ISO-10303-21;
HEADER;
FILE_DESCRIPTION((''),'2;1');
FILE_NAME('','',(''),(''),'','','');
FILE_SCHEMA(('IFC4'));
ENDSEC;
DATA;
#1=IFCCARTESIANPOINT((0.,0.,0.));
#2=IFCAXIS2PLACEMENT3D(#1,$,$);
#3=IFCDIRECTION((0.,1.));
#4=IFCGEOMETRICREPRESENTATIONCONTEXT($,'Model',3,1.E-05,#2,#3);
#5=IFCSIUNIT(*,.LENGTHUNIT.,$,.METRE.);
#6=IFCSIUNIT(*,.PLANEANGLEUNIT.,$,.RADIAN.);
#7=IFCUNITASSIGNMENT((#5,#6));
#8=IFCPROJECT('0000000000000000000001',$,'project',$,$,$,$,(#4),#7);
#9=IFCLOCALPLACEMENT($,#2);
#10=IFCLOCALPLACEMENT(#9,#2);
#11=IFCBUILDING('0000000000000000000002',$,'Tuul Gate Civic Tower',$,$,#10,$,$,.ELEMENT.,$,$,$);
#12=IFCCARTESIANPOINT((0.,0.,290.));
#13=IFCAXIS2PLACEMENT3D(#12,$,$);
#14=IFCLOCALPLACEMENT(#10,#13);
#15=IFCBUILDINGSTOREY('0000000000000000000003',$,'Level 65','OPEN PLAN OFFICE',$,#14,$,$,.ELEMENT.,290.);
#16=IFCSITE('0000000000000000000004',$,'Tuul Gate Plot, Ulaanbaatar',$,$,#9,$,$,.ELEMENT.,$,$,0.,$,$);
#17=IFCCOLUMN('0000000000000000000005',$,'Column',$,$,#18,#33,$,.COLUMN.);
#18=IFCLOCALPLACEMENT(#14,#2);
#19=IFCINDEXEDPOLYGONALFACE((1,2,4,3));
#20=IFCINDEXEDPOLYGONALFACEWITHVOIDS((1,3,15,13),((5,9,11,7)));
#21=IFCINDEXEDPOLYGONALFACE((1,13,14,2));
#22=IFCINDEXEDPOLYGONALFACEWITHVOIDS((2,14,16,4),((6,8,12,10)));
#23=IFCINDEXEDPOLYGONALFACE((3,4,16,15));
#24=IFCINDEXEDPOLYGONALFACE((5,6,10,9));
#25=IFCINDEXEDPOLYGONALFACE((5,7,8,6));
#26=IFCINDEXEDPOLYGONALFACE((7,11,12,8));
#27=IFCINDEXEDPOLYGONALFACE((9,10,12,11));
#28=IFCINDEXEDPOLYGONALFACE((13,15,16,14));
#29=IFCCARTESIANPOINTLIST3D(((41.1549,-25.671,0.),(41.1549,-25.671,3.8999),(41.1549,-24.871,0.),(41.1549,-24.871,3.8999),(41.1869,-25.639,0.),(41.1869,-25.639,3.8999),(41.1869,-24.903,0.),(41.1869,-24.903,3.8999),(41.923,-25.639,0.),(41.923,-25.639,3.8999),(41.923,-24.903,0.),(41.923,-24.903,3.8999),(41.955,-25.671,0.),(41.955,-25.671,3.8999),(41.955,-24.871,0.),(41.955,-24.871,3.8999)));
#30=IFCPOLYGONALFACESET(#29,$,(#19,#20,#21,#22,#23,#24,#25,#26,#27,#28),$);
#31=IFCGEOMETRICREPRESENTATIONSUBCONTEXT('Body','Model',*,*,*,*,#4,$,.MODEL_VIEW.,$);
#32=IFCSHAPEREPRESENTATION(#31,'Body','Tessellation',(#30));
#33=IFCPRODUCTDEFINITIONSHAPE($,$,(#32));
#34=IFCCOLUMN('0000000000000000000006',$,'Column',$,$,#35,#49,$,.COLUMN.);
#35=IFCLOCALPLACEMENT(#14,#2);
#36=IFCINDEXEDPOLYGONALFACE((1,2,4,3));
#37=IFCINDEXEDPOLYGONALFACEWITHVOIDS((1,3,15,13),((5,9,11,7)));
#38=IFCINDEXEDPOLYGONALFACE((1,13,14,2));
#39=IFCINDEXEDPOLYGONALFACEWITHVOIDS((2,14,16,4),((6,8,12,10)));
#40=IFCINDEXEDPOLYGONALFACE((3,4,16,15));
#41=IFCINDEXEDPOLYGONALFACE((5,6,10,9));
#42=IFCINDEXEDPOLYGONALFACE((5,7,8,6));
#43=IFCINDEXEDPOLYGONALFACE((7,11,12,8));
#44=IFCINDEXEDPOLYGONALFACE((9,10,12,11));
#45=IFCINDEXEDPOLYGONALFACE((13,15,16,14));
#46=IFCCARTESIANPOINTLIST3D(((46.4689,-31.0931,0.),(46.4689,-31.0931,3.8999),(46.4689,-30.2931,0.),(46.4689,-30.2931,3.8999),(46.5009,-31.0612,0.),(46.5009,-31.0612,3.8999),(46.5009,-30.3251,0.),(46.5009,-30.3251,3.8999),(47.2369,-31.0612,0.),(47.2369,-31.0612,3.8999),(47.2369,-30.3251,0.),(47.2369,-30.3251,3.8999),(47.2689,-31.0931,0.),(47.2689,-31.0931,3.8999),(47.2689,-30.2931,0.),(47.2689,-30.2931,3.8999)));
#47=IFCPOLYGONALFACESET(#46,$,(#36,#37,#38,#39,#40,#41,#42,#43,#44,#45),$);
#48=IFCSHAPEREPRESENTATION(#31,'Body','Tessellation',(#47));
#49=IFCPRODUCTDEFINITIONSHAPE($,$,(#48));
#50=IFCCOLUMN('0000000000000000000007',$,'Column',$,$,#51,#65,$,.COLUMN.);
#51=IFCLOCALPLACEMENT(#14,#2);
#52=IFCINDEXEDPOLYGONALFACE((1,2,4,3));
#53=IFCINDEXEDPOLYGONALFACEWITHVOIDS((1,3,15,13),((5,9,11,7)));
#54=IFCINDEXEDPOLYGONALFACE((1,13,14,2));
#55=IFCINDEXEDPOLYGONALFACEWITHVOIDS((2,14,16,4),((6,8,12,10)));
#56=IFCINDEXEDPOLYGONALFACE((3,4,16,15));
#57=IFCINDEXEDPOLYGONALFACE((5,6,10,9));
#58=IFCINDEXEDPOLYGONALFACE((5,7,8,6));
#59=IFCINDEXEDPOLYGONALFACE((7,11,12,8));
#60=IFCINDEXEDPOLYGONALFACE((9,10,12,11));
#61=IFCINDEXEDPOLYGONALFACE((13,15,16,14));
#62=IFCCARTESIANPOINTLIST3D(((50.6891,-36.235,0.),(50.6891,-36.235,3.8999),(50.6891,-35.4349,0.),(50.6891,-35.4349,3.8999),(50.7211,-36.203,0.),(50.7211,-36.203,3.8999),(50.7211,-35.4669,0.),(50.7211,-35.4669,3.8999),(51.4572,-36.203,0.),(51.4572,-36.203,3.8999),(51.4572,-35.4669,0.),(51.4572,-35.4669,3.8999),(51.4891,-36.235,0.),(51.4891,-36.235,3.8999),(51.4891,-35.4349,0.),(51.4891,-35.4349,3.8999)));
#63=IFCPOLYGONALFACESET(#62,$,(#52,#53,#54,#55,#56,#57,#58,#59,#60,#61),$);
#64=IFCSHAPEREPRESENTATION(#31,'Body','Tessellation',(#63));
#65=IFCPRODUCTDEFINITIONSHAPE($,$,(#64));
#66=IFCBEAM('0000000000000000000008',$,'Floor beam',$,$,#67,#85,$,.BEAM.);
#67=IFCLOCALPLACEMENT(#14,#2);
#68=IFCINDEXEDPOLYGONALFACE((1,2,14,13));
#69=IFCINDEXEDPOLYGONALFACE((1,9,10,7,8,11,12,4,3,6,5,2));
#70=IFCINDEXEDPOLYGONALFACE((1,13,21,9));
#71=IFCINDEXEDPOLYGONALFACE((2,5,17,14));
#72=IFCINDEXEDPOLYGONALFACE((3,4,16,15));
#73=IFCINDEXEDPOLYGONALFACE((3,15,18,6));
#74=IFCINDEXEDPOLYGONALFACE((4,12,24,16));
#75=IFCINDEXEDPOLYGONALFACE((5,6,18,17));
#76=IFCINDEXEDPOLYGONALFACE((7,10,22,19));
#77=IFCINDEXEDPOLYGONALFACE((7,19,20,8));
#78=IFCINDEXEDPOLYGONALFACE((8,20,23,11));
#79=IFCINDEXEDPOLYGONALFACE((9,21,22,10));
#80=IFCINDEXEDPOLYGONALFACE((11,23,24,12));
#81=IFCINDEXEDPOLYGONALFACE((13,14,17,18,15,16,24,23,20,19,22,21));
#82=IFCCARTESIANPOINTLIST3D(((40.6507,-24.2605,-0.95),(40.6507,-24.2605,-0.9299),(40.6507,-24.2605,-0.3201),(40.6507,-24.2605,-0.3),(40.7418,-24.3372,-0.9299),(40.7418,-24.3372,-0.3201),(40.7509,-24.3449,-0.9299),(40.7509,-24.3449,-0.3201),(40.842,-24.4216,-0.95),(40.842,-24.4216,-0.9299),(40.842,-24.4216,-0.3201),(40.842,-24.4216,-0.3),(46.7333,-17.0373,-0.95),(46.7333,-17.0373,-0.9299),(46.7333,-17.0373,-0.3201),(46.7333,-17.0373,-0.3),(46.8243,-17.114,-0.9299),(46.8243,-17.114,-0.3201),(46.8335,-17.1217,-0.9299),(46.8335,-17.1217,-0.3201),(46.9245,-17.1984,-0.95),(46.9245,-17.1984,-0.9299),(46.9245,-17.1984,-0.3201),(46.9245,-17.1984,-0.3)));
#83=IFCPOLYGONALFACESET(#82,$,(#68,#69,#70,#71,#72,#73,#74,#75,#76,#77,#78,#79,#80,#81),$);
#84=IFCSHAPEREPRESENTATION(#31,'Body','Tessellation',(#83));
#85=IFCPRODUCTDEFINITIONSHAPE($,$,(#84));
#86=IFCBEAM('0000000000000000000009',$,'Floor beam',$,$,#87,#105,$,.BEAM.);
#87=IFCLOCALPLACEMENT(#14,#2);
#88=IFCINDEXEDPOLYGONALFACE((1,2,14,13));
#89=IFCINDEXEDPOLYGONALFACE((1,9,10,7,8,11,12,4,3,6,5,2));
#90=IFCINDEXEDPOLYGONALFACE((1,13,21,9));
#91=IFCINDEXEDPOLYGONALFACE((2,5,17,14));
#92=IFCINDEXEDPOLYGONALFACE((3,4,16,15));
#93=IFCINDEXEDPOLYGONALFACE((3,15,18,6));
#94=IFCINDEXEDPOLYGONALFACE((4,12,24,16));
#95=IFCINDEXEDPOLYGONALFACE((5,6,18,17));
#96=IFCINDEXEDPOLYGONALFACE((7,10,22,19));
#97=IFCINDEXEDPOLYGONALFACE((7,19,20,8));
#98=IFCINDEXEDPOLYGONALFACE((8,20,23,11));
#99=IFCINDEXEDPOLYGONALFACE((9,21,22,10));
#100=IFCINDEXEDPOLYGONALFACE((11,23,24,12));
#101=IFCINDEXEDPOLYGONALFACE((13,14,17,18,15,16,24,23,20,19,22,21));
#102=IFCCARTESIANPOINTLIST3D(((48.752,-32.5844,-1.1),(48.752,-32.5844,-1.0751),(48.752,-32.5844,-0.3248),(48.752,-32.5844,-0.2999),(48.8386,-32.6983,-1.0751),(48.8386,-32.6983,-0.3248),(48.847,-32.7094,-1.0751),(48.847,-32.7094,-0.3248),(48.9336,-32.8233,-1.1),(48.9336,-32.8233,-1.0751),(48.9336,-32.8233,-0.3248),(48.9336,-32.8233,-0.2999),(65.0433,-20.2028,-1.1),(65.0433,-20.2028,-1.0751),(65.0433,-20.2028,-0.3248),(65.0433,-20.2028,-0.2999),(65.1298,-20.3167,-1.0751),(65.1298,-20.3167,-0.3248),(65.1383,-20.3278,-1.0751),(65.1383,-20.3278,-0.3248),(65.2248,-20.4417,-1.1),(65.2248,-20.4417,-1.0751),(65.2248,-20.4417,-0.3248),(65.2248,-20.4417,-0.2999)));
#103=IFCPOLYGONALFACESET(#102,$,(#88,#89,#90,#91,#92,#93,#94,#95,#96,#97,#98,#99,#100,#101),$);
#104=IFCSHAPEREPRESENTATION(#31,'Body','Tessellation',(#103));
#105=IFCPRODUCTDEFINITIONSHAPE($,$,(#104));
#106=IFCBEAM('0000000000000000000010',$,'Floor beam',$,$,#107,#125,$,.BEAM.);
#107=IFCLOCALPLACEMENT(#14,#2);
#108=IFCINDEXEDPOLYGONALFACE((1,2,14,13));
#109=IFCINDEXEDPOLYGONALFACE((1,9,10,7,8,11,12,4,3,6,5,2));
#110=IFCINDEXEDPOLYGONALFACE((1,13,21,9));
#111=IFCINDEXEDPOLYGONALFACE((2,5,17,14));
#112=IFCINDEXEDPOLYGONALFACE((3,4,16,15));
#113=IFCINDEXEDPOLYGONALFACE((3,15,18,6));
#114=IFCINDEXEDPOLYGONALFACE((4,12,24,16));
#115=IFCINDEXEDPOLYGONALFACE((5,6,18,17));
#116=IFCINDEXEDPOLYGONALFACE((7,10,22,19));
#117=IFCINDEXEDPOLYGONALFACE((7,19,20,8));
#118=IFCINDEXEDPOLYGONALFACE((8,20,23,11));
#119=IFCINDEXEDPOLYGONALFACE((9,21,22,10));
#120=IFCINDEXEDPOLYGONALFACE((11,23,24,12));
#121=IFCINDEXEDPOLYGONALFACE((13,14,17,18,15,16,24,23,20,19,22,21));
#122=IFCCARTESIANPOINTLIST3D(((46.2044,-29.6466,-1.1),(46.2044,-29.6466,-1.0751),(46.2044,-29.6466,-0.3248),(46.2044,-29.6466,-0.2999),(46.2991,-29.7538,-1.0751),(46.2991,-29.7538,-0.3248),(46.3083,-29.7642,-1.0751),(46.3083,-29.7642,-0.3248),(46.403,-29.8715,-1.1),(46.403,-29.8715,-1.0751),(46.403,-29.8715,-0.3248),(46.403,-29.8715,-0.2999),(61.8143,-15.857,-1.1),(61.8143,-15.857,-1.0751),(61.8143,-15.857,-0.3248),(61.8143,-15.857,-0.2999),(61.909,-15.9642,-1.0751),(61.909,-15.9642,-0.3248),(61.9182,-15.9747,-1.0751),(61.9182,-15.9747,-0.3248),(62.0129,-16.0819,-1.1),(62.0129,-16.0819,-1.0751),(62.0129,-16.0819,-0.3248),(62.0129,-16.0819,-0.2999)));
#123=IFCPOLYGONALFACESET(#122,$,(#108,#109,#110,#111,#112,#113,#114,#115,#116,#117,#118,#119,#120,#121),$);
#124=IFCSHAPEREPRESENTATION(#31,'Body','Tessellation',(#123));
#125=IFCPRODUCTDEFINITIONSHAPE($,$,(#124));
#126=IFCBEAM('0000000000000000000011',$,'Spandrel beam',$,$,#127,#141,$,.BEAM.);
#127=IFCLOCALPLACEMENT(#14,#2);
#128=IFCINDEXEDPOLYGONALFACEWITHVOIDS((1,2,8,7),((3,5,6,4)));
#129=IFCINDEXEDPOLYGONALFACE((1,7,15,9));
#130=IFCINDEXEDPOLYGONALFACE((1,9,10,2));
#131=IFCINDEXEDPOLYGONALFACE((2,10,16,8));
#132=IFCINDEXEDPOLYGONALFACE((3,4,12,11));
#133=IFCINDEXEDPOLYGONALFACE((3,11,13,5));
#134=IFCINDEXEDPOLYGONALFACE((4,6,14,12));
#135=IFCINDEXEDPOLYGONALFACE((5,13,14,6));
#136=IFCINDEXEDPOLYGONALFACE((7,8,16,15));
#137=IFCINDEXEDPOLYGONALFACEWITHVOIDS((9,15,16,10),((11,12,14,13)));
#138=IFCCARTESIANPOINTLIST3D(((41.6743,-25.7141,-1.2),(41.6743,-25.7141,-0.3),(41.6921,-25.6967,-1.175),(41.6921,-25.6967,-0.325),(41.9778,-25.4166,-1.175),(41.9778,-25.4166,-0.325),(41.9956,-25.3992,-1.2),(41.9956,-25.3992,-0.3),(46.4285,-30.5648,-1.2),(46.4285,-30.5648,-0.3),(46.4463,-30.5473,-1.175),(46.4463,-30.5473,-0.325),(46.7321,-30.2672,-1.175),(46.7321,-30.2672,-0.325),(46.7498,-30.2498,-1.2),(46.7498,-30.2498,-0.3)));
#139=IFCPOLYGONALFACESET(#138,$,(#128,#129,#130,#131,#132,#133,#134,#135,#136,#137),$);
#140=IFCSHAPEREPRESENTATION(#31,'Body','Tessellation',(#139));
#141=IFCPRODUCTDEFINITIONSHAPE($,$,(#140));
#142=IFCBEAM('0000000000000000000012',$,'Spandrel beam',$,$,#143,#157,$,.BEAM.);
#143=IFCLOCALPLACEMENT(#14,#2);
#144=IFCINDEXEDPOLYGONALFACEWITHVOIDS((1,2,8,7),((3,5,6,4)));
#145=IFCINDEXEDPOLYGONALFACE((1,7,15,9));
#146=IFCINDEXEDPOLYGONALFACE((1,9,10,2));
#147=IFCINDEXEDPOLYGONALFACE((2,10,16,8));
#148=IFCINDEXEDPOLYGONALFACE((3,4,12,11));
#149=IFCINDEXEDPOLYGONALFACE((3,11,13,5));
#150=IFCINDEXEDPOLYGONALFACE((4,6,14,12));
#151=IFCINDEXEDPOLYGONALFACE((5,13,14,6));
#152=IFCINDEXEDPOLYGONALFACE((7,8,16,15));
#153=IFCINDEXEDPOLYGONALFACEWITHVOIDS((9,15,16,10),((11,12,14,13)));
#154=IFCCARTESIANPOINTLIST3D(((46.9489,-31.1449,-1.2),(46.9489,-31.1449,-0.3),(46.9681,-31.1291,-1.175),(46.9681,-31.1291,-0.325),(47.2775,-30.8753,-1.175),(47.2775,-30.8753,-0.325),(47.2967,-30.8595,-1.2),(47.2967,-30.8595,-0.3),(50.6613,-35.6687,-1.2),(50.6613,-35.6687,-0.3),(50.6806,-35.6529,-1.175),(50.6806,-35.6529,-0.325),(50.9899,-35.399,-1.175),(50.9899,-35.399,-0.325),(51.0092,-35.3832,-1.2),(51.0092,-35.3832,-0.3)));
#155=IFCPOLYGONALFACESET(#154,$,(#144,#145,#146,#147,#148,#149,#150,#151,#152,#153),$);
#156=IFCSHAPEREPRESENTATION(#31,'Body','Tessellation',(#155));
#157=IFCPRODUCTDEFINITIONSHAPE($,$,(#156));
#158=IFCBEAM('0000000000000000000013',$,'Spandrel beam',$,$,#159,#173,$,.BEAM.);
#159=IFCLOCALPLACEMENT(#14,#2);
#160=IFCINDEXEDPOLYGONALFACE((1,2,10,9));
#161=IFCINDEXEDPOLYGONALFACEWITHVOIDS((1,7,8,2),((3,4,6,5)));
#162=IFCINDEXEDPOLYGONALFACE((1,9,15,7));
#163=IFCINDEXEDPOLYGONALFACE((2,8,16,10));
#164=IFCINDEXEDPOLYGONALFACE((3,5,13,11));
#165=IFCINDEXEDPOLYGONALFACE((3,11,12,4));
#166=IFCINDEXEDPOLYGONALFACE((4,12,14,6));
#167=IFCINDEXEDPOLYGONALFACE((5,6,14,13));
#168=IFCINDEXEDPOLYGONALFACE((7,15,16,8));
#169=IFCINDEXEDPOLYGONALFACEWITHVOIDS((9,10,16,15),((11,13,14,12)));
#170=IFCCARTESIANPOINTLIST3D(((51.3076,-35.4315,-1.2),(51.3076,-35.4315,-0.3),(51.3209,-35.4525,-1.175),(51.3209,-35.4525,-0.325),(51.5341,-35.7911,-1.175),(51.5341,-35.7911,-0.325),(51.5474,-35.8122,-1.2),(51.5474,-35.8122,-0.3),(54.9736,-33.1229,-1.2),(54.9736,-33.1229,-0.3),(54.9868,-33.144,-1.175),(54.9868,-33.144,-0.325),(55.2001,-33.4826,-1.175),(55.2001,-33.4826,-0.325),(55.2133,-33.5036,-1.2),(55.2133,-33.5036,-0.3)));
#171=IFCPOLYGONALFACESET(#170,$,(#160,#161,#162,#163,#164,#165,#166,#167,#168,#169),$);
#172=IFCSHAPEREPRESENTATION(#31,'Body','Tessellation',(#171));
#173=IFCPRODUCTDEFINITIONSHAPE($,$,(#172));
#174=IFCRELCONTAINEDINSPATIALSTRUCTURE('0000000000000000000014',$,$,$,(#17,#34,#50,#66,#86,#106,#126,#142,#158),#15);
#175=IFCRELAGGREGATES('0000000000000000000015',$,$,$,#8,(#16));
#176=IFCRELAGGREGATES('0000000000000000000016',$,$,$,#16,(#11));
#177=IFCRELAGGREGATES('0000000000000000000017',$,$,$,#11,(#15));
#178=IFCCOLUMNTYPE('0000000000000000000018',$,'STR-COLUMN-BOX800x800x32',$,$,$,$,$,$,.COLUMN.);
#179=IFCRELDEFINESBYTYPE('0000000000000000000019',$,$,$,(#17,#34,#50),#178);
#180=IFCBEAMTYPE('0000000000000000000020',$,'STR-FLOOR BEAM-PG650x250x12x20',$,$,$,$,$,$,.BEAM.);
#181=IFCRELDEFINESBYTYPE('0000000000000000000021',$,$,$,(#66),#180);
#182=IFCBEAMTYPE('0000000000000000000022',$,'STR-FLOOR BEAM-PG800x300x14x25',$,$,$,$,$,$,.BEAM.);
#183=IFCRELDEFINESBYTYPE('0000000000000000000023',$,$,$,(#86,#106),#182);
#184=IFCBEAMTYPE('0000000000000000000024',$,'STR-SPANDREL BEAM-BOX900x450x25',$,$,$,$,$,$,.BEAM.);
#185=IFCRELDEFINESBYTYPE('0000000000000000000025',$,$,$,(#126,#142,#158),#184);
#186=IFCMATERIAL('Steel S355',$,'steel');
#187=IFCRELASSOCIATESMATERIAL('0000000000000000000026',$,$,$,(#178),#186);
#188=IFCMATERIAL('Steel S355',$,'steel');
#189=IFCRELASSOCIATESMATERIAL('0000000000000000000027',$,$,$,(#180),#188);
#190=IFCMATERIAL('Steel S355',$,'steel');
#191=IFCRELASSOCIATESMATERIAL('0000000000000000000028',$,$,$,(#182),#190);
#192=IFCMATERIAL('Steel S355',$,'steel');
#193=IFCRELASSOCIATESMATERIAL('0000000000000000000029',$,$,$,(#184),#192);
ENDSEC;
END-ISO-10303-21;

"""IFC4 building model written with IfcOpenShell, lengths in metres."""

from ifc_helpers import new_model, si_unit, direction, frame, origin, origin_2d, place, context, subcontext, project, spatial, hollow_rectangle, i_section, extrude, material, material_profile, profile_set, type_object, element, save


model = new_model("IFC4")

# Units and contexts
model_context = context("Model", 3, precision=1e-05, world=origin(), true_north=direction((0.0, 1.0)))
body_context = subcontext(model_context, "Body", "Model", "MODEL_VIEW")
ifc_project = project(units=[si_unit("LENGTHUNIT", "METRE"), si_unit("PLANEANGLEUNIT", "RADIAN")], contexts=[model_context])

# Site, building, storey
site_placement = place(None, origin())
site = spatial("IfcSite", under=ifc_project, at=site_placement, Name="Tuul Gate Plot, Ulaanbaatar", CompositionType="ELEMENT", RefElevation=0.0)
building_placement = place(site_placement, origin())
building = spatial("IfcBuilding", under=site, at=building_placement, Name="Tuul Gate Civic Tower", CompositionType="ELEMENT")
storey_placement = place(building_placement, frame((0.0, 0.0, 290.0)))
storey = spatial("IfcBuildingStorey", under=building, at=storey_placement, Name="Level 65", Description="OPEN PLAN OFFICE", CompositionType="ELEMENT", Elevation=290.0)

# Columns
ifc_material_1 = material(Name="Steel S355", Category="steel")
ifc_material_profile_1 = material_profile(ifc_material_1, hollow_rectangle(XDim=0.8, YDim=0.8, WallThickness=0.032, at=origin_2d()), Name="BOX800x800x32")
ifc_profile_set_1 = profile_set([ifc_material_profile_1], Name="Steel S355")
column_type = type_object("IfcColumnType", Name="STR-COLUMN-BOX800x800x32", PredefinedType="COLUMN", material=ifc_profile_set_1)
for number, where, z_axis, x_axis, name in (
    (1, (41.5549, -25.271, 0.0), (0.0, 0.0, 1.0), (1.0, 0.0, 0.0), "Column"),
    (2, (46.8689, -30.6931, 0.0), (0.0, 0.0, 1.0), (1.0, 0.0, 0.0), "Column"),
    (3, (51.0891, -35.835, 0.0), (0.0, 0.0, 1.0), (1.0, 0.0, 0.0), "Column"),
):
    element("IfcColumn", number, at=place(storey_placement, frame(where, z_axis=z_axis, x_axis=x_axis)), inside=storey, type_object=column_type, Name=name, PredefinedType="COLUMN", context=body_context, shape_type="SweptSolid", body=[
        extrude(hollow_rectangle(XDim=0.8, YDim=0.8, WallThickness=0.032, at=origin_2d()), origin(), (0.0, 0.0, 1.0), 3.8999),
    ])

# Beams
ifc_material_2 = material(Name="Steel S355", Category="steel")
ifc_material_profile_2 = material_profile(ifc_material_2, i_section(OverallWidth=0.25, OverallDepth=0.6499, WebThickness=0.012, FlangeThickness=0.02, at=origin_2d()), Name="PG650x250x12x20")
ifc_profile_set_2 = profile_set([ifc_material_profile_2], Name="Steel S355")
beam_type_1 = type_object("IfcBeamType", Name="STR-FLOOR BEAM-PG650x250x12x20", PredefinedType="BEAM", material=ifc_profile_set_2)
beam_1_placement = place(storey_placement, frame((40.7463, -24.3411, -0.625), z_axis=(0.644128, 0.764918, 0.0), x_axis=(-0.764918, 0.644128, 0.0)))
element("IfcBeam", 4, at=beam_1_placement, inside=storey, type_object=beam_type_1, Name="Floor beam", PredefinedType="BEAM", context=body_context, shape_type="SweptSolid", body=[
    extrude(i_section(OverallWidth=0.25, OverallDepth=0.6499, WebThickness=0.012, FlangeThickness=0.02, at=origin_2d()), origin(), (0.0, 0.0, 1.0), 9.4431),
])
ifc_material_3 = material(Name="Steel S355", Category="steel")
ifc_material_profile_3 = material_profile(ifc_material_3, i_section(OverallWidth=0.3, OverallDepth=0.8, WebThickness=0.0139, FlangeThickness=0.0249, at=origin_2d()), Name="PG800x300x14x25")
ifc_profile_set_3 = profile_set([ifc_material_profile_3], Name="Steel S355")
beam_type_2 = type_object("IfcBeamType", Name="STR-FLOOR BEAM-PG800x300x14x25", PredefinedType="BEAM", material=ifc_profile_set_3)
beam_2_placement = place(storey_placement, frame((48.8428, -32.7039, -0.7), z_axis=(0.796157, 0.605091, 0.0), x_axis=(-0.605091, 0.796157, 0.0)))
element("IfcBeam", 5, at=beam_2_placement, inside=storey, type_object=beam_type_2, Name="Floor beam", PredefinedType="BEAM", context=body_context, shape_type="SweptSolid", body=[
    extrude(i_section(OverallWidth=0.3, OverallDepth=0.8, WebThickness=0.0139, FlangeThickness=0.0249, at=origin_2d()), origin(), (0.0, 0.0, 1.0), 20.4624),
])
beam_3_placement = place(storey_placement, frame((46.3037, -29.759, -0.7), z_axis=(0.749453, 0.662057, 0.0), x_axis=(-0.662057, 0.749453, 0.0)))
element("IfcBeam", 6, at=beam_3_placement, inside=storey, type_object=beam_type_2, Name="Floor beam", PredefinedType="BEAM", context=body_context, shape_type="SweptSolid", body=[
    extrude(i_section(OverallWidth=0.3, OverallDepth=0.8, WebThickness=0.0139, FlangeThickness=0.0249, at=origin_2d()), origin(), (0.0, 0.0, 1.0), 20.8284),
])
ifc_material_4 = material(Name="Steel S355", Category="steel")
ifc_material_profile_4 = material_profile(ifc_material_4, hollow_rectangle(XDim=0.45, YDim=0.8999, WallThickness=0.0249, at=origin_2d()), Name="BOX900x450x25")
ifc_profile_set_4 = profile_set([ifc_material_profile_4], Name="Steel S355")
beam_type_3 = type_object("IfcBeamType", Name="STR-SPANDREL BEAM-BOX900x450x25", PredefinedType="BEAM", material=ifc_profile_set_4)
beam_4_placement = place(storey_placement, frame((41.835, -25.5566, -0.75), z_axis=(0.699972, -0.71417, 0.0), x_axis=(0.71417, 0.699972, 0.0)))
element("IfcBeam", 7, at=beam_4_placement, inside=storey, type_object=beam_type_3, Name="Spandrel beam", PredefinedType="BEAM", context=body_context, shape_type="SweptSolid", body=[
    extrude(hollow_rectangle(XDim=0.45, YDim=0.8999, WallThickness=0.0249, at=origin_2d()), origin(), (0.0, 0.0, 1.0), 6.792),
])
beam_5_placement = place(storey_placement, frame((47.1228, -31.0022, -0.75), z_axis=(0.634384, -0.773018, 0.0), x_axis=(0.773018, 0.634384, 0.0)))
element("IfcBeam", 8, at=beam_5_placement, inside=storey, type_object=beam_type_3, Name="Spandrel beam", PredefinedType="BEAM", context=body_context, shape_type="SweptSolid", body=[
    extrude(hollow_rectangle(XDim=0.45, YDim=0.8999, WallThickness=0.0249, at=origin_2d()), origin(), (0.0, 0.0, 1.0), 5.8521),
])
beam_6_placement = place(storey_placement, frame((51.4275, -35.6218, -0.75), z_axis=(0.846195, 0.532873, 0.0), x_axis=(-0.532873, 0.846195, 0.0)))
element("IfcBeam", 9, at=beam_6_placement, inside=storey, type_object=beam_type_3, Name="Spandrel beam", PredefinedType="BEAM", context=body_context, shape_type="SweptSolid", body=[
    extrude(hollow_rectangle(XDim=0.45, YDim=0.8999, WallThickness=0.0249, at=origin_2d()), origin(), (0.0, 0.0, 1.0), 4.3323),
])

save(model, "model.ifc")
